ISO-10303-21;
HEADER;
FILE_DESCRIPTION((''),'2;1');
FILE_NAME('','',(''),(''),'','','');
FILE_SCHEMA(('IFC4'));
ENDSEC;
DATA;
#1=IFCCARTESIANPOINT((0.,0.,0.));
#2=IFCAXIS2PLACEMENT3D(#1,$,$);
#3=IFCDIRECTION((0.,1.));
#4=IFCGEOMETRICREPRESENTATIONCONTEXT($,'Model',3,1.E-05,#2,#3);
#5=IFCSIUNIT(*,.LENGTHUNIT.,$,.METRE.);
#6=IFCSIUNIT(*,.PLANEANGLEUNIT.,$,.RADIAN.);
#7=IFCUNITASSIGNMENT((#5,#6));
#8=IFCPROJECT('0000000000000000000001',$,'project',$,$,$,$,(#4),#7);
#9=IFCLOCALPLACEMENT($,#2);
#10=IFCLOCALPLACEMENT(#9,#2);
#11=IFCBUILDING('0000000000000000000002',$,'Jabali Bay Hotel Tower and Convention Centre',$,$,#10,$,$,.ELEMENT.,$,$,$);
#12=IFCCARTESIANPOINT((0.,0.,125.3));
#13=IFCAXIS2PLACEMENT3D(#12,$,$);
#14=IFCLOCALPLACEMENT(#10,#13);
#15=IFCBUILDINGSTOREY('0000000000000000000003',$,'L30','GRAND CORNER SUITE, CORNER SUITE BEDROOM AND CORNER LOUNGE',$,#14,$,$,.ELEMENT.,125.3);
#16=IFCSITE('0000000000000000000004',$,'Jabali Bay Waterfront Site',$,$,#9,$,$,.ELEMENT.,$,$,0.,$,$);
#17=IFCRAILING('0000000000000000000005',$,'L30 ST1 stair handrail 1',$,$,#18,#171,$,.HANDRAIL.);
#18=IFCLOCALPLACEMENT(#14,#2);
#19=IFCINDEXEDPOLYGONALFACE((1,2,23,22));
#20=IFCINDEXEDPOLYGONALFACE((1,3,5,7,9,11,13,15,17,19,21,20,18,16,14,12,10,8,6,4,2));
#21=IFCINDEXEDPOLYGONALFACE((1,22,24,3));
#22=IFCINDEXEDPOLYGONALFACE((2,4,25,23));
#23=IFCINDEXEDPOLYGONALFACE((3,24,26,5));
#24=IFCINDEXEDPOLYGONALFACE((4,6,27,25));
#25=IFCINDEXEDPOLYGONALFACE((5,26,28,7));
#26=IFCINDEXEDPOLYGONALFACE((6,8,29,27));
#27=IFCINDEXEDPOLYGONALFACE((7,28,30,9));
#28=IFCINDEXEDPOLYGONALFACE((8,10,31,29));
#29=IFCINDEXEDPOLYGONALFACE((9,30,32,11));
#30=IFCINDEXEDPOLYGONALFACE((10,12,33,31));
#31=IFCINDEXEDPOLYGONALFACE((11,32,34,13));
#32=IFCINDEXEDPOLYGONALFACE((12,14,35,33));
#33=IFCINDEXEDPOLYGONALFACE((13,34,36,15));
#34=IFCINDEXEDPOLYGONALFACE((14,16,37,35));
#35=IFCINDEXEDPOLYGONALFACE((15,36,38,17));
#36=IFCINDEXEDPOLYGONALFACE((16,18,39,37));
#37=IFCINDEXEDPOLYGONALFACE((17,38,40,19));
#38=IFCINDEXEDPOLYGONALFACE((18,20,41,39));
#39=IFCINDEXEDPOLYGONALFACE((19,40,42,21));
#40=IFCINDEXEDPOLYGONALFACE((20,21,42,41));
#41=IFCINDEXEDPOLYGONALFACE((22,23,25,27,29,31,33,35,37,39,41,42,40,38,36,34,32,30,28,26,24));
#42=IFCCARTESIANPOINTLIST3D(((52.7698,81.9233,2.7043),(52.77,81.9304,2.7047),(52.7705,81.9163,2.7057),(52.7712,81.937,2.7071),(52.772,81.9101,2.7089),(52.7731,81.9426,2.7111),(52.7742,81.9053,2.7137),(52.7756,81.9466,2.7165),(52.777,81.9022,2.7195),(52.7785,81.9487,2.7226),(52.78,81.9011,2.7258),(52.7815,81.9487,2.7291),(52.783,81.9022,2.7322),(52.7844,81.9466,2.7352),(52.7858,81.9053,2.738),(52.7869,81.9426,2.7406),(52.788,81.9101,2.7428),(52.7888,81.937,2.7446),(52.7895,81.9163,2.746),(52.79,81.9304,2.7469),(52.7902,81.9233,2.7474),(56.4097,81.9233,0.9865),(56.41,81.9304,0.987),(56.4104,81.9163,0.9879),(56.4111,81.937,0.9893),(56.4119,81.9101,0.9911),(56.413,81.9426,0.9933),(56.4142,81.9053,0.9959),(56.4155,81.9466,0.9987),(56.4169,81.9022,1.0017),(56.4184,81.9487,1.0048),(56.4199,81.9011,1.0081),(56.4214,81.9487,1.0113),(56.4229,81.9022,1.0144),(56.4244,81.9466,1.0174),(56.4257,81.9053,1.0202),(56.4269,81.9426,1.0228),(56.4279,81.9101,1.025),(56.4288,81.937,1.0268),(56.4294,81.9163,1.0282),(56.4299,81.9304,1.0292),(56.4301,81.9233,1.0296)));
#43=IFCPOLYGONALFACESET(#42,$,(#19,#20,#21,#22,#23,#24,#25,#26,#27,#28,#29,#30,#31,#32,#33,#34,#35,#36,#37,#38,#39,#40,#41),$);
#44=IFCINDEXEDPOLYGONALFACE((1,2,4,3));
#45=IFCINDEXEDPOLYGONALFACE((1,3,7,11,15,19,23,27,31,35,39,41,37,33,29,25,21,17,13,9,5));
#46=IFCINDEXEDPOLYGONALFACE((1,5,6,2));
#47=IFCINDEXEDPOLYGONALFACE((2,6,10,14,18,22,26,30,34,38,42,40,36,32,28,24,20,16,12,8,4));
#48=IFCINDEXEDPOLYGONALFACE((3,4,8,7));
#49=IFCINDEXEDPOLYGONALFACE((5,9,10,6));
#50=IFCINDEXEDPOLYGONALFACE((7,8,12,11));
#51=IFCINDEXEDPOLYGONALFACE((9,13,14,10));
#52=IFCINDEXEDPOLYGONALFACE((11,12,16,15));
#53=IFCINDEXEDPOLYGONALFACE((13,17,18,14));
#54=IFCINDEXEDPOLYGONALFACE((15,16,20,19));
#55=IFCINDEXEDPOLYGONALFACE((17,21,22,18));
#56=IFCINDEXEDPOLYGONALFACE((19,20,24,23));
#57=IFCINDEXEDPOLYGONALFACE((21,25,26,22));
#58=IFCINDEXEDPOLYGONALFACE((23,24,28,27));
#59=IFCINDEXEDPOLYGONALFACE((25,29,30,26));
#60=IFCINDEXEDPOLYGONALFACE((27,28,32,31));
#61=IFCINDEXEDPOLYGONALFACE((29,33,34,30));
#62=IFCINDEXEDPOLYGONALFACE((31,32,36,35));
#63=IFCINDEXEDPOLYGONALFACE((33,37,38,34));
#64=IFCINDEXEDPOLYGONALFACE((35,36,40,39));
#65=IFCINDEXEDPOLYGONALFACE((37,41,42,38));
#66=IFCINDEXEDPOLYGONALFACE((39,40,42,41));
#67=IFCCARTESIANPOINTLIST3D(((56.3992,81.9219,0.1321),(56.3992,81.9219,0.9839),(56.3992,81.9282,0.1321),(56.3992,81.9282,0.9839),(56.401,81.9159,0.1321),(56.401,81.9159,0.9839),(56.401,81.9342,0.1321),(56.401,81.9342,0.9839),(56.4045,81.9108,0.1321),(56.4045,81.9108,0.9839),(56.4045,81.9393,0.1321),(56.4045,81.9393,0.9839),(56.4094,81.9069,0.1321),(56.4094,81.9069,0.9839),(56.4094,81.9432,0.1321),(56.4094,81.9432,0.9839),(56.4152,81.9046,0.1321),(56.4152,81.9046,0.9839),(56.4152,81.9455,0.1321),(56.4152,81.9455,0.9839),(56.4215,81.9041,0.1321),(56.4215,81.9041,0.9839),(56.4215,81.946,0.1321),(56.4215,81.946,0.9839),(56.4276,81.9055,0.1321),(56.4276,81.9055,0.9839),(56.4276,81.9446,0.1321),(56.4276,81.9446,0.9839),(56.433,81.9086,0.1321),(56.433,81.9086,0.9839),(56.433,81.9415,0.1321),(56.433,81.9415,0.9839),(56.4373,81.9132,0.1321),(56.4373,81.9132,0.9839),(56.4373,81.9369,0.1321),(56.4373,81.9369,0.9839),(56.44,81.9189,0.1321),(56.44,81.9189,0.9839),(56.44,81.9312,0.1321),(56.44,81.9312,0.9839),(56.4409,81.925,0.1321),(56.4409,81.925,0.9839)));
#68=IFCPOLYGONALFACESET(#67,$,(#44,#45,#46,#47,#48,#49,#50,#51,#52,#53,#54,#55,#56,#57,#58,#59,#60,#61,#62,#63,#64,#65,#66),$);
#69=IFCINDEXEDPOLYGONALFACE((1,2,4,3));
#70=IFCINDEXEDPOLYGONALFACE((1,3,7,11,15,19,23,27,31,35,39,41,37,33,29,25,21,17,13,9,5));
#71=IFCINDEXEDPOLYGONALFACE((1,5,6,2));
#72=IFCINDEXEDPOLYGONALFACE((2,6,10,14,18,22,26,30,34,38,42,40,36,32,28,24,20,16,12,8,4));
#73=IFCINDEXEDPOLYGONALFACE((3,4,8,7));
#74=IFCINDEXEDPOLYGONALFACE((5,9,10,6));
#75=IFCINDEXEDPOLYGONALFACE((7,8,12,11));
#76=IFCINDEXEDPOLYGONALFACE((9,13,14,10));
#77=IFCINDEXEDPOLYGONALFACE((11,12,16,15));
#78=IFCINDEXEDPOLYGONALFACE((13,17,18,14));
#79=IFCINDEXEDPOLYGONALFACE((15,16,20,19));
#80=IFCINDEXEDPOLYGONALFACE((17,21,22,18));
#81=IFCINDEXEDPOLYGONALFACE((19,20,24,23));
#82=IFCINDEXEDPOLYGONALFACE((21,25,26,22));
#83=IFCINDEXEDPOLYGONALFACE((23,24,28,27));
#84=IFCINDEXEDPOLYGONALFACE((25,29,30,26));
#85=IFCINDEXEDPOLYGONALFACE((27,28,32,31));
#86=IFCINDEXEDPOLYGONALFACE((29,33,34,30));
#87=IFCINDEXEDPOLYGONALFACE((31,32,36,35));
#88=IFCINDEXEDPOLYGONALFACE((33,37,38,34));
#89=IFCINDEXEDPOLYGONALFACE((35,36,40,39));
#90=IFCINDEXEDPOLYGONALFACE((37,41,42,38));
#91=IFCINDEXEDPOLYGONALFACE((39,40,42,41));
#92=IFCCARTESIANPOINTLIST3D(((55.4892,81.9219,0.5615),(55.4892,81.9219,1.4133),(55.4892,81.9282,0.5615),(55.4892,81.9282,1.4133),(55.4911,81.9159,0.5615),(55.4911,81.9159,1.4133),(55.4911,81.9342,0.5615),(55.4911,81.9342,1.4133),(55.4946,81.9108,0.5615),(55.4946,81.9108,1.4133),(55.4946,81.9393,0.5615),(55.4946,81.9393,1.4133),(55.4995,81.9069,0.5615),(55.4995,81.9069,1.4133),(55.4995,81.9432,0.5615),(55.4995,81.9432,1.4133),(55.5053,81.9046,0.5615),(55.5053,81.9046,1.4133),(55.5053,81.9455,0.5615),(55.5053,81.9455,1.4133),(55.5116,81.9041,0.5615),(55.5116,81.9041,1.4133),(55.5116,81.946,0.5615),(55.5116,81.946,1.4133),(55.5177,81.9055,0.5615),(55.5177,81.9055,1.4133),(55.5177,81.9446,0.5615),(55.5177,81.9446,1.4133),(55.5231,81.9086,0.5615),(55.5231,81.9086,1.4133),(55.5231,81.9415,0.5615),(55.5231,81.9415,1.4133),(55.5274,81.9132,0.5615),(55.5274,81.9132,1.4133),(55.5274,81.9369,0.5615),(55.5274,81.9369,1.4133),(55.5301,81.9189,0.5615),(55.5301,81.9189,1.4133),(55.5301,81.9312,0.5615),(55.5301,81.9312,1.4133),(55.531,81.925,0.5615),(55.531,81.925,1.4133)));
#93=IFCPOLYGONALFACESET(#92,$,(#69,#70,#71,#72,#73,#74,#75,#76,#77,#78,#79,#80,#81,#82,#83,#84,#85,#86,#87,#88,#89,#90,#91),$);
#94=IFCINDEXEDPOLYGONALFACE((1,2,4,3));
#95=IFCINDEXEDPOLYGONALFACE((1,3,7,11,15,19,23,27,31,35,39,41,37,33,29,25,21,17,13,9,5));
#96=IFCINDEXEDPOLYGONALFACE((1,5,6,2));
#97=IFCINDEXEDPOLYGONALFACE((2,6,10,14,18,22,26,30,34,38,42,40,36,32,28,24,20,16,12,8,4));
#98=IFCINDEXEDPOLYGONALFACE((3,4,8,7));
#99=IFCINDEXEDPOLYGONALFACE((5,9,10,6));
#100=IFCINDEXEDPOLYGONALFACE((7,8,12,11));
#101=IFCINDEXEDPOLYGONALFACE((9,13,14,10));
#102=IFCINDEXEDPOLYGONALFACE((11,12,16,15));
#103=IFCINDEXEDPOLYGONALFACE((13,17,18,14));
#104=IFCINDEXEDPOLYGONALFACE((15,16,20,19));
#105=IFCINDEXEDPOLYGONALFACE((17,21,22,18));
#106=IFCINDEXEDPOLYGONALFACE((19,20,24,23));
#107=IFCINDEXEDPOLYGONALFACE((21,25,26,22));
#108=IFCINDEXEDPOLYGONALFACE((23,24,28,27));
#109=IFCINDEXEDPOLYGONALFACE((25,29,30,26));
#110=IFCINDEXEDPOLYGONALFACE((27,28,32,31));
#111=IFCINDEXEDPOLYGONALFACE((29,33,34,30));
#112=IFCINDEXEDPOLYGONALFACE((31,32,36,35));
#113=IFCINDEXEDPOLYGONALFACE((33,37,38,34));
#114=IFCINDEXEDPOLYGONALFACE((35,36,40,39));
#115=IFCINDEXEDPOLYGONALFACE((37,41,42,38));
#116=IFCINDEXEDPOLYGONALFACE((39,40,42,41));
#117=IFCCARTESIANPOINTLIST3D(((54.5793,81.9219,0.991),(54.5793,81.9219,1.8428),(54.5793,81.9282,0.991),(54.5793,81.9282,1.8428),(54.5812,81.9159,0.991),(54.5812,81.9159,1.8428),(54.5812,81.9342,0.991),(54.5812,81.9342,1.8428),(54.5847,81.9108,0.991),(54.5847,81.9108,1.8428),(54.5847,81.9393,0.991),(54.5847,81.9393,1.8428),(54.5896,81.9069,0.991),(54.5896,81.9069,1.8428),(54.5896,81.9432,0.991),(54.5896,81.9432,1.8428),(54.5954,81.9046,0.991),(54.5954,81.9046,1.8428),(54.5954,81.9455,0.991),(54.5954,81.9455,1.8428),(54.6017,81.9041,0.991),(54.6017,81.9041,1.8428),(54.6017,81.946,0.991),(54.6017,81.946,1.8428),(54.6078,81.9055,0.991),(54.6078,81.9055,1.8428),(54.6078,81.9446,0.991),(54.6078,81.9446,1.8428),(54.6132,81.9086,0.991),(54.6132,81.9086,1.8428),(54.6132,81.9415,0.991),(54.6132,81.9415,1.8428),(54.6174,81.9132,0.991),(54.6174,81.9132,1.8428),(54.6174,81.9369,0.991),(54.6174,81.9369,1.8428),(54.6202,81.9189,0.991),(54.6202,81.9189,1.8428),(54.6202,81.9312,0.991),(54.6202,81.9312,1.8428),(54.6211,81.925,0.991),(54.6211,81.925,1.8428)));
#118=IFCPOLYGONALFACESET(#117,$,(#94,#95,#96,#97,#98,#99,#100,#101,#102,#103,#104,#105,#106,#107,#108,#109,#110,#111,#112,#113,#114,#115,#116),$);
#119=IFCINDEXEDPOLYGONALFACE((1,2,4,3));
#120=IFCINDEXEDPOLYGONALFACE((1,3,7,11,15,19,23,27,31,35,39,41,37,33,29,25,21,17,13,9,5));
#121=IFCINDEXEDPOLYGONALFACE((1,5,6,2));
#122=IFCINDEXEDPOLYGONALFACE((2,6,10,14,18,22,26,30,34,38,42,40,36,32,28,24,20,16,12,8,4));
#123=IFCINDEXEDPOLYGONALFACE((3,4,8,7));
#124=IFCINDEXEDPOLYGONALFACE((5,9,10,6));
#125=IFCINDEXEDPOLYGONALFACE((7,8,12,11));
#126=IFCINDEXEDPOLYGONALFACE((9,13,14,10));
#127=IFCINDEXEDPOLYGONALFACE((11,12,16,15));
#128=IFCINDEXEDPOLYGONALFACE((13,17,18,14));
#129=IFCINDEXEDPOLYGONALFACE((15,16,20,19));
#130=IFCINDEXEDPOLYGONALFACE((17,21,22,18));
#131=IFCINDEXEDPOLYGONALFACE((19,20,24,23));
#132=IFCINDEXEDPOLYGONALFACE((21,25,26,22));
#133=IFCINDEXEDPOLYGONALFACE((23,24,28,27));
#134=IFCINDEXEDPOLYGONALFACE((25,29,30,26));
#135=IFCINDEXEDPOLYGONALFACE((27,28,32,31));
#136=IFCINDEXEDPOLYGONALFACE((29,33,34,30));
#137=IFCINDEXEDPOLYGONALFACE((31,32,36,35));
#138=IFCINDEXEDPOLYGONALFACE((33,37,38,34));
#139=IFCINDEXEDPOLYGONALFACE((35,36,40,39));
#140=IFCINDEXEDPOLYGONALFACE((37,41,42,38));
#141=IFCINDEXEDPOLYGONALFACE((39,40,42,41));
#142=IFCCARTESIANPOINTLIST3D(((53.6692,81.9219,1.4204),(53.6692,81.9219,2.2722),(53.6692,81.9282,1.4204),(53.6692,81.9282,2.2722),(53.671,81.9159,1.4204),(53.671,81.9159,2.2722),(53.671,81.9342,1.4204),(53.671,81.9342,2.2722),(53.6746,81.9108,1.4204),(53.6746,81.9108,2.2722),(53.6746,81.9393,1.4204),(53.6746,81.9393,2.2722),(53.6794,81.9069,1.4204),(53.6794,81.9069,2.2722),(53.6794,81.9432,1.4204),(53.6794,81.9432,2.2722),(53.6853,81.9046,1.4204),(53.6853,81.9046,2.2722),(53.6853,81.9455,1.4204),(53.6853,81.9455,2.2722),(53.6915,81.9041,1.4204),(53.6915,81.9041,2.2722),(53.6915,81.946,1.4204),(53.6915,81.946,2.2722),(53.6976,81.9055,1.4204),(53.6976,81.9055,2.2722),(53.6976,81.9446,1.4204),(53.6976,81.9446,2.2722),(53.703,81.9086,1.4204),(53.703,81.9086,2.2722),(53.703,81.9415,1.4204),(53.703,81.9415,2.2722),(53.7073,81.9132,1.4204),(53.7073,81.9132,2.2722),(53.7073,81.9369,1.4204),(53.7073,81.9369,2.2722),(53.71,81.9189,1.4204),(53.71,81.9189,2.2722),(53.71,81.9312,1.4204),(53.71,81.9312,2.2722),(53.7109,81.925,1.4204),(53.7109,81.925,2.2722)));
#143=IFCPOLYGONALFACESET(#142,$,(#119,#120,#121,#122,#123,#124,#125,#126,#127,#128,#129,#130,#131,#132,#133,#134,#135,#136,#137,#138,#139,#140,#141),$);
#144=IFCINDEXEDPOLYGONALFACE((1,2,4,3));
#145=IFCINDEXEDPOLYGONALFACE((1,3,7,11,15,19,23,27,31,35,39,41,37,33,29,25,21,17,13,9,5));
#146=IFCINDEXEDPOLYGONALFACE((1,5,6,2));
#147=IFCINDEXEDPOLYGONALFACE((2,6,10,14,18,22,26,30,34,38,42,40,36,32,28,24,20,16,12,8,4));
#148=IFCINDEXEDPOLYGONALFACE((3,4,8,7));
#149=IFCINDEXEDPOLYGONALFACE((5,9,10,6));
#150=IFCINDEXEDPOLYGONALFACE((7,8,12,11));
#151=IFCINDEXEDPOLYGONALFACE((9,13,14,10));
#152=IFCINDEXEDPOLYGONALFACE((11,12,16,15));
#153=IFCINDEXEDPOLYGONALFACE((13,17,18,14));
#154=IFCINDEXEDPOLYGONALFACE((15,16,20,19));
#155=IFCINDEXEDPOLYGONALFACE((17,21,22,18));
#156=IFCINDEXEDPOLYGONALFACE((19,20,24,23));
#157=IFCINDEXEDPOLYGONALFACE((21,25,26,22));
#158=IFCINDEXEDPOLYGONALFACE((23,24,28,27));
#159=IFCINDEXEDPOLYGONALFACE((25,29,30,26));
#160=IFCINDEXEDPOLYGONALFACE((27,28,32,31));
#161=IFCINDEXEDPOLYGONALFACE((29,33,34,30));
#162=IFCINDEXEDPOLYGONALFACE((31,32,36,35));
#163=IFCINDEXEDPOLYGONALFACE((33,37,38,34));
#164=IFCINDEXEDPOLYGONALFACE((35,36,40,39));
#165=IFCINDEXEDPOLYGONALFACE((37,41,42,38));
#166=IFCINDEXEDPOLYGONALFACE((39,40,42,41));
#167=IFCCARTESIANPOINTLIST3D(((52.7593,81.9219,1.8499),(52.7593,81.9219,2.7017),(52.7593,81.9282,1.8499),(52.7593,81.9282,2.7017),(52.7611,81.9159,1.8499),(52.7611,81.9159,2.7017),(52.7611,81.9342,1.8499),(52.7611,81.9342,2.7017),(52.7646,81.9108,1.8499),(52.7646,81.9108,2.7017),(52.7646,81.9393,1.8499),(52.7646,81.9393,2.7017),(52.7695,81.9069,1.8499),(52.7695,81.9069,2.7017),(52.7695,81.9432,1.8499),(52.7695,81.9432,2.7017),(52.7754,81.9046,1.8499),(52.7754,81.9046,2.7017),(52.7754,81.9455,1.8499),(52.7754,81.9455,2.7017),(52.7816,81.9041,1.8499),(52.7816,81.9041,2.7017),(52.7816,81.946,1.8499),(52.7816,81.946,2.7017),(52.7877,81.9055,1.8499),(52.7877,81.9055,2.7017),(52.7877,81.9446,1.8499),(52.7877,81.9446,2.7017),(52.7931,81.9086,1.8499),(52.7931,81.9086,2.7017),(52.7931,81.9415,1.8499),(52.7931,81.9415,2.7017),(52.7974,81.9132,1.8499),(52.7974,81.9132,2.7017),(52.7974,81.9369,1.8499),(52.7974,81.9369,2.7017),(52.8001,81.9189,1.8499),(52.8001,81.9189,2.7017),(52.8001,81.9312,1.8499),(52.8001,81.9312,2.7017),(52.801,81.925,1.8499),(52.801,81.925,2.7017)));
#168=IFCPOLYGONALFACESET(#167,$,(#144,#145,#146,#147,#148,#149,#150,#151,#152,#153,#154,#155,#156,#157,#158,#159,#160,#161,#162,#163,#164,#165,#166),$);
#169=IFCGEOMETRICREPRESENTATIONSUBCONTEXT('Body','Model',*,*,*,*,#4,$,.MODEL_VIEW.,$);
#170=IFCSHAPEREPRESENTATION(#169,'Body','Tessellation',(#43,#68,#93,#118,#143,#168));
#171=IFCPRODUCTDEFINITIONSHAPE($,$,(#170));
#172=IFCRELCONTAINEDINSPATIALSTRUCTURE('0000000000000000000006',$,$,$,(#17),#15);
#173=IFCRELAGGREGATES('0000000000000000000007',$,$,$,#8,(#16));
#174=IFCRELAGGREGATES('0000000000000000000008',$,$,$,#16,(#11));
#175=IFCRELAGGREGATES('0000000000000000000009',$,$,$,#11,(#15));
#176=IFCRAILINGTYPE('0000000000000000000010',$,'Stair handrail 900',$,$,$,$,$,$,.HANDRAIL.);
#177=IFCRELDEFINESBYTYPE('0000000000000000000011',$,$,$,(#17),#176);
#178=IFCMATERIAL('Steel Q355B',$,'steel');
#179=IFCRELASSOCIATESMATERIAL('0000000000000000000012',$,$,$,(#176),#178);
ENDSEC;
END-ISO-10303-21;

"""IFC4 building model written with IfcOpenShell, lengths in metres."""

from ifc_helpers import new_model, si_unit, direction, frame, origin, origin_2d, place, context, subcontext, project, spatial, circle, extrude, material, type_object, element, save


model = new_model("IFC4")

# Units and contexts
model_context = context("Model", 3, precision=1e-05, world=origin(), true_north=direction((0.0, 1.0)))
body_context = subcontext(model_context, "Body", "Model", "MODEL_VIEW")
ifc_project = project(units=[si_unit("LENGTHUNIT", "METRE"), si_unit("PLANEANGLEUNIT", "RADIAN")], contexts=[model_context])

# Site, building, storey
site_placement = place(None, origin())
site = spatial("IfcSite", under=ifc_project, at=site_placement, Name="Jabali Bay Waterfront Site", CompositionType="ELEMENT", RefElevation=0.0)
building_placement = place(site_placement, origin())
building = spatial("IfcBuilding", under=site, at=building_placement, Name="Jabali Bay Hotel Tower and Convention Centre", CompositionType="ELEMENT")
storey_placement = place(building_placement, frame((0.0, 0.0, 125.3)))
storey = spatial("IfcBuildingStorey", under=building, at=storey_placement, Name="L30", Description="GRAND CORNER SUITE, CORNER SUITE BEDROOM AND CORNER LOUNGE", CompositionType="ELEMENT", Elevation=125.3)

# Railing
ifc_material_1 = material(Name="Steel Q355B", Category="steel")
railing_type_1 = type_object("IfcRailingType", Name="Stair handrail 900", PredefinedType="HANDRAIL", material=ifc_material_1)
railing_1_placement = place(storey_placement, frame((56.4199, 81.925, 0.1321)))
element("IfcRailing", 1, at=railing_1_placement, inside=storey, type_object=railing_type_1, Name="L30 ST1 stair handrail 1", PredefinedType="HANDRAIL", context=body_context, shape_type="SweptSolid", body=[
    extrude(circle(Radius=0.0239, at=origin_2d()), frame((0.0, 0.0, 0.876), z_axis=(-0.904351, 0.0, 0.42679), x_axis=(0.0, -1.0, 0.0)), (0.0, 0.0, 1.0), 4.0249),
    extrude(circle(Radius=0.021, at=origin_2d()), origin(), (0.0, 0.0, 1.0), 0.8518),
    extrude(circle(Radius=0.021, at=origin_2d()), frame((-0.9099, 0.0, 0.4294)), (0.0, 0.0, 1.0), 0.8518),
    extrude(circle(Radius=0.021, at=origin_2d()), frame((-1.8198, 0.0, 0.8589)), (0.0, 0.0, 1.0), 0.8518),
    extrude(circle(Radius=0.021, at=origin_2d()), frame((-2.73, 0.0, 1.2883)), (0.0, 0.0, 1.0), 0.8518),
    extrude(circle(Radius=0.021, at=origin_2d()), frame((-3.6399, 0.0, 1.7178)), (0.0, 0.0, 1.0), 0.8518),
])

save(model, "model.ifc")
